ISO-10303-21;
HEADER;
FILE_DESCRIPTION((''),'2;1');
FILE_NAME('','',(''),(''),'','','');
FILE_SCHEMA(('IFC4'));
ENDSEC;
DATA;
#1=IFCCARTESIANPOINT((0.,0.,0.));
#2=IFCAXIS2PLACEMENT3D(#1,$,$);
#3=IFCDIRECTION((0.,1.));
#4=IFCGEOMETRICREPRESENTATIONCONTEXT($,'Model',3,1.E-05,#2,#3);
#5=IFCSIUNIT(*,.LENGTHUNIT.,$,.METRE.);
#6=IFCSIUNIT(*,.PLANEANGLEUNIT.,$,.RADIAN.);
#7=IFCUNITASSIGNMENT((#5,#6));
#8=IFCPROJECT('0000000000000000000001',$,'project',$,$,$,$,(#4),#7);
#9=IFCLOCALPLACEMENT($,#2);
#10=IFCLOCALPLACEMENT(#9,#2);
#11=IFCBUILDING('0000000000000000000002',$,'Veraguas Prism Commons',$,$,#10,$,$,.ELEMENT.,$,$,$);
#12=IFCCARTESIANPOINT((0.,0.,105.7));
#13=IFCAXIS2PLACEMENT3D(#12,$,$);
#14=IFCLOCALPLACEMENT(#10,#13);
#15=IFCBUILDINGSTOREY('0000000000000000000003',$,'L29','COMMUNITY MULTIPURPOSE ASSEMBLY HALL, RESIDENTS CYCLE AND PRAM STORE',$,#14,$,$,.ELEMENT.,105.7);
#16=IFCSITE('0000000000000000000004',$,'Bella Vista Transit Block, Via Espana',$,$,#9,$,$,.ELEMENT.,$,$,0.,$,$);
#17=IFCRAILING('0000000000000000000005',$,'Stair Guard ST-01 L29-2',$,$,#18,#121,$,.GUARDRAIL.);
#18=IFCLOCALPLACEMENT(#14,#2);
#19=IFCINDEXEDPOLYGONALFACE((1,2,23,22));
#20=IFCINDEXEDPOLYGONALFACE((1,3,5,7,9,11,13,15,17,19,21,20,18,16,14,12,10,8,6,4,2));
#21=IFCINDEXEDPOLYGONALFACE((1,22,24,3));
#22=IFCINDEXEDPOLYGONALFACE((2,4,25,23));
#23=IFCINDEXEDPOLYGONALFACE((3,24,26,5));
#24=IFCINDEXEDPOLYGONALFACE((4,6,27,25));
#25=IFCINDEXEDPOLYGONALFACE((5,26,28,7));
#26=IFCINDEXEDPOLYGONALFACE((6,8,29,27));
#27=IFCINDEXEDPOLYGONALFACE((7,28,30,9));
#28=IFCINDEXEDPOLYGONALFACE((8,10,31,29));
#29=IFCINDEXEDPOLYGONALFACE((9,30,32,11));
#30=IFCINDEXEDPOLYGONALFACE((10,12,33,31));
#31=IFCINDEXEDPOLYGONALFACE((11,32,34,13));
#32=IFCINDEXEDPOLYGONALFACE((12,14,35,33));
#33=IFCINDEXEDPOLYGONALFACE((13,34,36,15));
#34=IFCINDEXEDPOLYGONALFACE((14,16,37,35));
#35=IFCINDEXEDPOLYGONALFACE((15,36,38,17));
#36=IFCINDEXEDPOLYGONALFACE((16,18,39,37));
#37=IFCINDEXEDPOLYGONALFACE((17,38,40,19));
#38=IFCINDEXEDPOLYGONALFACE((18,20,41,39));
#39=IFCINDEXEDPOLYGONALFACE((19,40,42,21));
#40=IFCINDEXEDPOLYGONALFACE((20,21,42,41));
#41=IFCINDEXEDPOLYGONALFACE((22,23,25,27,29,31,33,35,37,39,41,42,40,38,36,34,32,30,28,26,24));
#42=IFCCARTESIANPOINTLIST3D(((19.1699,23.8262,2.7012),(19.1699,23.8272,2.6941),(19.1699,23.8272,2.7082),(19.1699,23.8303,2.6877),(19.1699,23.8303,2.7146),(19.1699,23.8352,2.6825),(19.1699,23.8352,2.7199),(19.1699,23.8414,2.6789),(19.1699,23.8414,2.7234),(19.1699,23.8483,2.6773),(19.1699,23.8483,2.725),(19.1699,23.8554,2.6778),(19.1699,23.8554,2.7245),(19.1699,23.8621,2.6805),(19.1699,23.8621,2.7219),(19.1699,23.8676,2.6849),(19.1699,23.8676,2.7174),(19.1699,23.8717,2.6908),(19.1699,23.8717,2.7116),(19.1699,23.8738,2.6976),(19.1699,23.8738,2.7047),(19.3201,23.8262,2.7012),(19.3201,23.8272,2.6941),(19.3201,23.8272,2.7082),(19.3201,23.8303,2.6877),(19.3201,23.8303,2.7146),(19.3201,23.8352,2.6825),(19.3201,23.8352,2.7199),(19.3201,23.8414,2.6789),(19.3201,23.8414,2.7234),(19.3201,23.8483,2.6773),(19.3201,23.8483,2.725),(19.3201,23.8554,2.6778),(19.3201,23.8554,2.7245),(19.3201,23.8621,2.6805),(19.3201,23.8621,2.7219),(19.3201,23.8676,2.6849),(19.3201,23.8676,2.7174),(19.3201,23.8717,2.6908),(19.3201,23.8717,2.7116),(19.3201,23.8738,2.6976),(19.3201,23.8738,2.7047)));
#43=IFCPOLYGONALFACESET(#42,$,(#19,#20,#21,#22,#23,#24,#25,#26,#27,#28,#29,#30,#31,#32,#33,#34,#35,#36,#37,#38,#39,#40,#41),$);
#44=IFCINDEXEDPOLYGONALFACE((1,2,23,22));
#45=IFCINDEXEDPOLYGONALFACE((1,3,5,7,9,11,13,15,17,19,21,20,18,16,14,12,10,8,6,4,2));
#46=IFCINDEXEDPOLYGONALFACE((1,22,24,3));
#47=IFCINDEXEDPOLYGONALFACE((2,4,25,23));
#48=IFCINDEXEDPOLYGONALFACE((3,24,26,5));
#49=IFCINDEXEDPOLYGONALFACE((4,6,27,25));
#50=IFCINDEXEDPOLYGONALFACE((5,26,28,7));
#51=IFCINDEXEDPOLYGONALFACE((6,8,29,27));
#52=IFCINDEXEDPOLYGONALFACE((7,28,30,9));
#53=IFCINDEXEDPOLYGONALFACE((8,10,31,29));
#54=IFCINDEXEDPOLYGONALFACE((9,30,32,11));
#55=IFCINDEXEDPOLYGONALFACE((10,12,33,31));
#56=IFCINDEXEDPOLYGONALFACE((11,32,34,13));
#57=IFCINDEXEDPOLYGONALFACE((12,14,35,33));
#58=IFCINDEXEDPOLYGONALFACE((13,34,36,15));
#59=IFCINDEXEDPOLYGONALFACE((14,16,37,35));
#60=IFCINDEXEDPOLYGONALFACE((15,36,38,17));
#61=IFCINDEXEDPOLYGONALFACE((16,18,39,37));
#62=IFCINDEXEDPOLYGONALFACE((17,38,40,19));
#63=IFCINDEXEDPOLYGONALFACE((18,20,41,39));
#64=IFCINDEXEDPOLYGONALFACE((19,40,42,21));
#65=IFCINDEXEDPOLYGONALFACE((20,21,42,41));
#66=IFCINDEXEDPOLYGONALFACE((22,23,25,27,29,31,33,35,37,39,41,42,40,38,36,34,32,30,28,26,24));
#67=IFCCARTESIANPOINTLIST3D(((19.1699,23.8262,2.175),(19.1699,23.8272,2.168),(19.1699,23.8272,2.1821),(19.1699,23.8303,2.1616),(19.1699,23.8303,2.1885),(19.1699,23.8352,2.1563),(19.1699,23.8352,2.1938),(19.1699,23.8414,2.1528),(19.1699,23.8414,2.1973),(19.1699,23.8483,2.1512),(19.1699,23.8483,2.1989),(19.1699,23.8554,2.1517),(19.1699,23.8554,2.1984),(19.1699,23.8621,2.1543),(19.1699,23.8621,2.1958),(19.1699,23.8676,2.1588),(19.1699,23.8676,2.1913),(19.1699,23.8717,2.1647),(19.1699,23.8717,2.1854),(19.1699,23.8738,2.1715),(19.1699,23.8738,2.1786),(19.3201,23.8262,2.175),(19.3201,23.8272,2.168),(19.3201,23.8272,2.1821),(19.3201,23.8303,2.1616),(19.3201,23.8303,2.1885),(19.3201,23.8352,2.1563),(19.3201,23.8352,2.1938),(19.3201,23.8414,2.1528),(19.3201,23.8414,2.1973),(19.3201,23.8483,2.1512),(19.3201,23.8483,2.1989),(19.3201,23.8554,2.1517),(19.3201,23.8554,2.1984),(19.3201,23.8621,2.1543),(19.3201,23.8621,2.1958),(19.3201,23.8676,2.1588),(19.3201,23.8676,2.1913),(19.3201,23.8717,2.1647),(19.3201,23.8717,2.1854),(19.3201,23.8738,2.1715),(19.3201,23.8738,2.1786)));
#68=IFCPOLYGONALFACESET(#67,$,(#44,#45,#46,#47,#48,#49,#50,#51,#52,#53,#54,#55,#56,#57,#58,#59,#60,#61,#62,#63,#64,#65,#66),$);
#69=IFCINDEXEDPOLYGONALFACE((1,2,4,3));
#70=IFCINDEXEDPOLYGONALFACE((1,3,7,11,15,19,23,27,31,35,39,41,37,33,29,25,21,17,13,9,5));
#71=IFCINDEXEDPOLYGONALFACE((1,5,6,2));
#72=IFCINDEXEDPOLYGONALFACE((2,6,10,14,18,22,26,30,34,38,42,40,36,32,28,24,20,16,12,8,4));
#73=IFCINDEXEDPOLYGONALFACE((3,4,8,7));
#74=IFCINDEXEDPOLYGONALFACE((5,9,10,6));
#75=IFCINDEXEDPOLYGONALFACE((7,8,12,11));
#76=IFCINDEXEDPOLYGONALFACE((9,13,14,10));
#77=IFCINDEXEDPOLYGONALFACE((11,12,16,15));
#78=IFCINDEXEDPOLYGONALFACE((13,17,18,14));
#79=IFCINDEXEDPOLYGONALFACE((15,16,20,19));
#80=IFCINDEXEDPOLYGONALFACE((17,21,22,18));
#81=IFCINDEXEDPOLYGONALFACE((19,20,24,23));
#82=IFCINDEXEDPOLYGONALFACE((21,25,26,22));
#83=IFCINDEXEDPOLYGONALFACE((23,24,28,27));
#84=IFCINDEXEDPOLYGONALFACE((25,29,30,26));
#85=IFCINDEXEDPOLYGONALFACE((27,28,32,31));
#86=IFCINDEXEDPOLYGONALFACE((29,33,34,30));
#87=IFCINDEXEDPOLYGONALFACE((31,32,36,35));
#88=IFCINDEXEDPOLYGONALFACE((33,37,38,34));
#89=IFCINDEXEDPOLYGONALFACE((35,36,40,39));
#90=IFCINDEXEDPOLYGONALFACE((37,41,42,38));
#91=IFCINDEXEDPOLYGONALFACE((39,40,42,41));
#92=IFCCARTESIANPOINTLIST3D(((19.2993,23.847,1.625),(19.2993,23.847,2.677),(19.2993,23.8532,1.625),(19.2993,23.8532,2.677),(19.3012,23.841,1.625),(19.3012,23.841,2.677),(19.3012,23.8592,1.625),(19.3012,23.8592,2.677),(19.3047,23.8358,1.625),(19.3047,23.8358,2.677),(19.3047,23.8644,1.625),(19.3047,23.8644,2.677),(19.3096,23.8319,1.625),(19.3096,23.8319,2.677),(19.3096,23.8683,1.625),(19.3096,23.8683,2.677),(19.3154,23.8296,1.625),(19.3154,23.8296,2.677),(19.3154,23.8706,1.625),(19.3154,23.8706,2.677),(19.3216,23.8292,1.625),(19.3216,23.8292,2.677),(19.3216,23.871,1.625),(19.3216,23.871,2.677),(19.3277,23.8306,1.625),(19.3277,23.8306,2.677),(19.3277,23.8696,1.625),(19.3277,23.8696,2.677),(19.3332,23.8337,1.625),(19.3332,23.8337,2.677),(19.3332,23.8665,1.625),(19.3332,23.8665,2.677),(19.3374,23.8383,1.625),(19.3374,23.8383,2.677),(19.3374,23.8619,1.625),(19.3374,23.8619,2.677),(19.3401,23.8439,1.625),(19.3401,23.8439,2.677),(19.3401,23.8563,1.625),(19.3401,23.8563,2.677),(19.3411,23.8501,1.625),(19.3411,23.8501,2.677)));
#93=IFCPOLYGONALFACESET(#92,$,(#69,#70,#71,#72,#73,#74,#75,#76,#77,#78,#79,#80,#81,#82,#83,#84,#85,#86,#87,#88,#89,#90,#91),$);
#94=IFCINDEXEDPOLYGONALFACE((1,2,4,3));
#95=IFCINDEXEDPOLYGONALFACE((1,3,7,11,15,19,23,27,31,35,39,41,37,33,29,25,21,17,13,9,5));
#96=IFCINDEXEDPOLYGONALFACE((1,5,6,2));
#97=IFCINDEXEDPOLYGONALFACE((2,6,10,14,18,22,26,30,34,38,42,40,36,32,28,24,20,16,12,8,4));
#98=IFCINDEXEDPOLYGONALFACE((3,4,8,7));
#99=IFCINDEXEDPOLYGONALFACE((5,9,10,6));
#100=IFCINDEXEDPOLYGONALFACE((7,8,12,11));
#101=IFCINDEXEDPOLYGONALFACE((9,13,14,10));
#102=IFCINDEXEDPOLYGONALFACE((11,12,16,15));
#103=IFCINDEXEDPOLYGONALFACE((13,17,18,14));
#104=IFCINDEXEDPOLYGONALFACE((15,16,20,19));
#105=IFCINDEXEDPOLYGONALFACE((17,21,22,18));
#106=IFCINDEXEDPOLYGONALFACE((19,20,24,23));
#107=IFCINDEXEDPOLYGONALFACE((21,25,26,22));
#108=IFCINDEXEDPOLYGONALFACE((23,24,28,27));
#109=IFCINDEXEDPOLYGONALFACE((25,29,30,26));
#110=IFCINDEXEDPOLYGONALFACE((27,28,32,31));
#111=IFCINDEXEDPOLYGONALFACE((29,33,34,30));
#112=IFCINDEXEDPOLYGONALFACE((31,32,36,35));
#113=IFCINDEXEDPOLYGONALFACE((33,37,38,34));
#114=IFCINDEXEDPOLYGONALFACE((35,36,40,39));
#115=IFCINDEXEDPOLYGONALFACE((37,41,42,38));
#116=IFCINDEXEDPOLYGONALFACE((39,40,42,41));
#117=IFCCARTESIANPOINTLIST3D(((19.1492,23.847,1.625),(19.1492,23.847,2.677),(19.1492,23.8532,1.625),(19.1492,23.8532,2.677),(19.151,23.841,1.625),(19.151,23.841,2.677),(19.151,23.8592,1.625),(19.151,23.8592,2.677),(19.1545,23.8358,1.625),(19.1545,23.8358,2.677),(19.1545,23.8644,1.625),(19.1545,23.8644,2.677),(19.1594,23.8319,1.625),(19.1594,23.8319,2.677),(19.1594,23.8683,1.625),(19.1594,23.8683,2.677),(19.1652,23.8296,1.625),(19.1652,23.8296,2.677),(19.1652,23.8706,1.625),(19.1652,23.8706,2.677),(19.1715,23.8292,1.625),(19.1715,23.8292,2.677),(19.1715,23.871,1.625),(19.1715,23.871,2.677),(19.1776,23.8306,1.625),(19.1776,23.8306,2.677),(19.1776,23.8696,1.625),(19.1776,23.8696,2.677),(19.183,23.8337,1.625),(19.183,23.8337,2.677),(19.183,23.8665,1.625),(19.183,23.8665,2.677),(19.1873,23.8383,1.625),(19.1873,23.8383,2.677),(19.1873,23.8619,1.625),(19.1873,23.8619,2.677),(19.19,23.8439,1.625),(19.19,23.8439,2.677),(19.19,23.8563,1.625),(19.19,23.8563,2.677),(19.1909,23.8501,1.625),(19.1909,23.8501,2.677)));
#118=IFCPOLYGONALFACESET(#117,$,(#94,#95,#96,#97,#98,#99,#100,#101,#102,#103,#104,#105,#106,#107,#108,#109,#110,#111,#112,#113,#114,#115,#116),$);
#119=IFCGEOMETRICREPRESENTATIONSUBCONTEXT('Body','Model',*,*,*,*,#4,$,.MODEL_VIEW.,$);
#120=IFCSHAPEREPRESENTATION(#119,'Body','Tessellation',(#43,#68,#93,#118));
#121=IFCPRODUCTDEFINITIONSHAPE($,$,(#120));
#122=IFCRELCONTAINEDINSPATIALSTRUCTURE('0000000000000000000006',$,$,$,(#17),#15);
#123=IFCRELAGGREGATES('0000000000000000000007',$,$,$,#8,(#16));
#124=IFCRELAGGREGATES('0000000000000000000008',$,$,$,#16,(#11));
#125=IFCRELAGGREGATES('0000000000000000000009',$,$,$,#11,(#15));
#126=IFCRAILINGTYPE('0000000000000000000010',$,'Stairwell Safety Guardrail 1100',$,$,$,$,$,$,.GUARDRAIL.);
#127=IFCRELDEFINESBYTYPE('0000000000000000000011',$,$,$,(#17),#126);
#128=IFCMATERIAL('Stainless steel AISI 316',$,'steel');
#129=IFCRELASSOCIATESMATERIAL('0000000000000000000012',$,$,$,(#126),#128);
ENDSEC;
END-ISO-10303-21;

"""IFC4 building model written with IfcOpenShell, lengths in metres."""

from ifc_helpers import new_model, si_unit, direction, frame, origin, origin_2d, place, context, subcontext, project, spatial, circle, extrude, material, type_object, element, save


model = new_model("IFC4")

# Units and contexts
model_context = context("Model", 3, precision=1e-05, world=origin(), true_north=direction((0.0, 1.0)))
body_context = subcontext(model_context, "Body", "Model", "MODEL_VIEW")
ifc_project = project(units=[si_unit("LENGTHUNIT", "METRE"), si_unit("PLANEANGLEUNIT", "RADIAN")], contexts=[model_context])

# Site, building, storey
site_placement = place(None, origin())
site = spatial("IfcSite", under=ifc_project, at=site_placement, Name="Bella Vista Transit Block, Via Espana", CompositionType="ELEMENT", RefElevation=0.0)
building_placement = place(site_placement, origin())
building = spatial("IfcBuilding", under=site, at=building_placement, Name="Veraguas Prism Commons", CompositionType="ELEMENT")
storey_placement = place(building_placement, frame((0.0, 0.0, 105.7)))
storey = spatial("IfcBuildingStorey", under=building, at=storey_placement, Name="L29", Description="COMMUNITY MULTIPURPOSE ASSEMBLY HALL, RESIDENTS CYCLE AND PRAM STORE", CompositionType="ELEMENT", Elevation=105.7)

# Railing
ifc_material_1 = material(Name="Stainless steel AISI 316", Category="steel")
railing_type_1 = type_object("IfcRailingType", Name="Stairwell Safety Guardrail 1100", PredefinedType="GUARDRAIL", material=ifc_material_1)
railing_1_placement = place(storey_placement, frame((19.3201, 23.8501, 1.625)))
element("IfcRailing", 1, at=railing_1_placement, inside=storey, type_object=railing_type_1, Name="Stair Guard ST-01 L29-2", PredefinedType="GUARDRAIL", context=body_context, shape_type="SweptSolid", body=[
    extrude(circle(Radius=0.0239, at=origin_2d()), frame((0.0, 0.0, 1.0762), z_axis=(-1.0, 0.0, 0.0), x_axis=(0.0, -1.0, 0.0)), (0.0, 0.0, 1.0), 0.1501),
    extrude(circle(Radius=0.0239, at=origin_2d()), frame((0.0, 0.0, 0.55), z_axis=(-1.0, 0.0, 0.0), x_axis=(0.0, -1.0, 0.0)), (0.0, 0.0, 1.0), 0.1501),
    extrude(circle(Radius=0.021, at=origin_2d()), origin(), (0.0, 0.0, 1.0), 1.052),
    extrude(circle(Radius=0.021, at=origin_2d()), frame((-0.1501, 0.0, 0.0)), (0.0, 0.0, 1.0), 1.052),
])

save(model, "model.ifc")
